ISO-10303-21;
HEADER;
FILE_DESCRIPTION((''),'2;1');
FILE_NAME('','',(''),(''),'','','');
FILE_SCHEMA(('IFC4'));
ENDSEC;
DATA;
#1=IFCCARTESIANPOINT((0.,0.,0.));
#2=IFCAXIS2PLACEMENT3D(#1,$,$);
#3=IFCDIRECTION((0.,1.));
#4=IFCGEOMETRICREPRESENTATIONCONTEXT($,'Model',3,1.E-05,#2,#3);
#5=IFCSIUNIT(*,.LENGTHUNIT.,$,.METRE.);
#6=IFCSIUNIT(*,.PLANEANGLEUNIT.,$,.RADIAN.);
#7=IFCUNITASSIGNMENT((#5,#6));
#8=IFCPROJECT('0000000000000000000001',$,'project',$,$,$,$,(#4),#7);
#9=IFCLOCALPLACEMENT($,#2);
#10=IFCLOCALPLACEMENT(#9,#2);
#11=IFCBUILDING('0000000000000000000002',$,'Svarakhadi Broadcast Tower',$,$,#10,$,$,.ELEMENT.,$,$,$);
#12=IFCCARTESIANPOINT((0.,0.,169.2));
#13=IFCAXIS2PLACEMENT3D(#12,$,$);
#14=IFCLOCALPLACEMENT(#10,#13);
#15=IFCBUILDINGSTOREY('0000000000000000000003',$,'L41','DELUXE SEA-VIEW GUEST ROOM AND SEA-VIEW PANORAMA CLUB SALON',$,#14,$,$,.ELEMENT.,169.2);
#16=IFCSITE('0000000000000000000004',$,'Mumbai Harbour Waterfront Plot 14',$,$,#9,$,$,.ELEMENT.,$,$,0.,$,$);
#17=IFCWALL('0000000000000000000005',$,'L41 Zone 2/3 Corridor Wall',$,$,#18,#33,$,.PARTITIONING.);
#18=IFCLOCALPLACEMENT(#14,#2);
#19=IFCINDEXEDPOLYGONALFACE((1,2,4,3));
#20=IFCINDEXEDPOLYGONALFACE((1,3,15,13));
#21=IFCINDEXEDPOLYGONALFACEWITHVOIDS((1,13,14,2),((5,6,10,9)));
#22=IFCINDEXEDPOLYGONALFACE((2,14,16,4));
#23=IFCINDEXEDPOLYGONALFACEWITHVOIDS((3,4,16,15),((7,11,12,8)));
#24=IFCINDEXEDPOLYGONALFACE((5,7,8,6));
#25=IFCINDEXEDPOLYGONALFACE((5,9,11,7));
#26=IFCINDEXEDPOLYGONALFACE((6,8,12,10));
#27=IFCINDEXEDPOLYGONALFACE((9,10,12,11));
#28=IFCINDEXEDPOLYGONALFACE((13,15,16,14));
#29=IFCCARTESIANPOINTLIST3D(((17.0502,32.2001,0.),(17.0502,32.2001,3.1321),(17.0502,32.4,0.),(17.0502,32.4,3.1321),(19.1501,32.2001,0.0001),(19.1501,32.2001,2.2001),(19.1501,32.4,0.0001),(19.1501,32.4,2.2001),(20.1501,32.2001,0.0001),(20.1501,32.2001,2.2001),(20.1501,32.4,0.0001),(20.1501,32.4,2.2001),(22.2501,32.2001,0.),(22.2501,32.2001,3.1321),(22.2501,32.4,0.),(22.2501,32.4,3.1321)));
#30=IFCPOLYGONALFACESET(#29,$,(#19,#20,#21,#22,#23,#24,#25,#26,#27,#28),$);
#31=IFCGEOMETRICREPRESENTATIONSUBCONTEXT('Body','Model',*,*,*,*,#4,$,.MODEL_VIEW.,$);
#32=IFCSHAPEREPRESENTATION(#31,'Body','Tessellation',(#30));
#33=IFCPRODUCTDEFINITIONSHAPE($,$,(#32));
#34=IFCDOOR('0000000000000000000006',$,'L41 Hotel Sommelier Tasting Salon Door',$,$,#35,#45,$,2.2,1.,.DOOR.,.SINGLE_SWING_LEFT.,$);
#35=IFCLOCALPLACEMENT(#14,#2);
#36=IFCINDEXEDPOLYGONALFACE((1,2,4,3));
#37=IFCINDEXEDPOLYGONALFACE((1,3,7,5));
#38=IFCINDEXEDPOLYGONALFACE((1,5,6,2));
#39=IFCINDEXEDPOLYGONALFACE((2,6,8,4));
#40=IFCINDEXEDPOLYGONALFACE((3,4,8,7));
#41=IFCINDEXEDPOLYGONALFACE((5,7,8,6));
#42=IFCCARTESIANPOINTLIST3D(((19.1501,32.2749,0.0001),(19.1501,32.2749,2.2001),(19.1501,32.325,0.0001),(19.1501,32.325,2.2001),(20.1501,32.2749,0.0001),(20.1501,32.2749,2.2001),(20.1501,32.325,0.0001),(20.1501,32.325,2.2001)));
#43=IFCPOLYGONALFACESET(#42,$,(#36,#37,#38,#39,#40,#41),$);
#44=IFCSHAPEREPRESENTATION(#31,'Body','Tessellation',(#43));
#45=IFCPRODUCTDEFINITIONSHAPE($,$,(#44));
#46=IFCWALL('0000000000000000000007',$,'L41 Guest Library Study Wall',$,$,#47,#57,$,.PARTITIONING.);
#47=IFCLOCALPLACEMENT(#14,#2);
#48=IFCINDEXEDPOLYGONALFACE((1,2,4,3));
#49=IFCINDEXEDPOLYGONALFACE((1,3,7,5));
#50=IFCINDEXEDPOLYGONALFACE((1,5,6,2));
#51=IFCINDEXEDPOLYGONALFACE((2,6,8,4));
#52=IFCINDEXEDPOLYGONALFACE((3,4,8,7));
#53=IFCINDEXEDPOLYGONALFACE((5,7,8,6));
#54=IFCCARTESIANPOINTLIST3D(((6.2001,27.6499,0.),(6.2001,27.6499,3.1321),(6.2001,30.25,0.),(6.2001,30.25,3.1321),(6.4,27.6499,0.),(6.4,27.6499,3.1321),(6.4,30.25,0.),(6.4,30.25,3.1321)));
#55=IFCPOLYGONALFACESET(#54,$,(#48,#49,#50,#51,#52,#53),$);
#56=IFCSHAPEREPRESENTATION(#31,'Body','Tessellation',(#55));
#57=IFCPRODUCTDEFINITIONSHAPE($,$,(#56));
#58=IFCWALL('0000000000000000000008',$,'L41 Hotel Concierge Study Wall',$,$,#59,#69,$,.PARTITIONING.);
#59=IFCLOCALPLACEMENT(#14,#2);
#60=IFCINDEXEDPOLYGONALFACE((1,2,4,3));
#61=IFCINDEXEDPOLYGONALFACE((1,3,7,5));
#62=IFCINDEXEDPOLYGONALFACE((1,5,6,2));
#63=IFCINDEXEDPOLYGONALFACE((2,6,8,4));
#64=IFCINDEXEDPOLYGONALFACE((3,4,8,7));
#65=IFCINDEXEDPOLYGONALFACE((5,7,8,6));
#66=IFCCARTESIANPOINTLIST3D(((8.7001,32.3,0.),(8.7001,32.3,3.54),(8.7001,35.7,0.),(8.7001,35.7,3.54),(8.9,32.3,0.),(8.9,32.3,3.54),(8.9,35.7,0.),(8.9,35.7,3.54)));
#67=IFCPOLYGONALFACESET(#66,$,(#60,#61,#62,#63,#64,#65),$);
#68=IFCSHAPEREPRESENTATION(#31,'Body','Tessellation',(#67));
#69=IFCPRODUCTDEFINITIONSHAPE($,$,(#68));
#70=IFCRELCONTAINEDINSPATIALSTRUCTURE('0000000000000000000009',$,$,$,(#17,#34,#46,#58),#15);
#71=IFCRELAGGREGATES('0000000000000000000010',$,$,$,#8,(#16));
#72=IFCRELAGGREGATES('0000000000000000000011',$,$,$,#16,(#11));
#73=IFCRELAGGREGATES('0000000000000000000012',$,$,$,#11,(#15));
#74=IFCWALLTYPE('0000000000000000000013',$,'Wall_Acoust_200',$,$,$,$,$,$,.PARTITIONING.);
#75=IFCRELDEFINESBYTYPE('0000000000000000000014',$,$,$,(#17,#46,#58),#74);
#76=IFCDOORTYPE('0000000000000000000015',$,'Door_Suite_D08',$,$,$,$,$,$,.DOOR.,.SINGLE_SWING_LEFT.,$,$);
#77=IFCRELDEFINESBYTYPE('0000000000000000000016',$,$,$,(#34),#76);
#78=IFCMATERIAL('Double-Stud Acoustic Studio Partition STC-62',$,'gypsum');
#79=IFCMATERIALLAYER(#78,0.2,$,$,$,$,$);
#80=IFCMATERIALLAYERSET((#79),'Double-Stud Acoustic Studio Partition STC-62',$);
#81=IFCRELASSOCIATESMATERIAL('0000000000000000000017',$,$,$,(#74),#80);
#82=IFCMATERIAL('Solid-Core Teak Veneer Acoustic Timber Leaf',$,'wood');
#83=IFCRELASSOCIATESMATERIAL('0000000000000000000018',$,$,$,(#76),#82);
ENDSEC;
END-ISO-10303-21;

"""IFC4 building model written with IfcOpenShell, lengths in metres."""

from ifc_helpers import new_model, si_unit, direction, frame, frame_2d, origin, place, context, subcontext, project, spatial, rectangle, extrude, material, layer, layer_set, type_object, element, fill, save


model = new_model("IFC4")

# Units and contexts
model_context = context("Model", 3, precision=1e-05, world=origin(), true_north=direction((0.0, 1.0)))
body_context = subcontext(model_context, "Body", "Model", "MODEL_VIEW")
ifc_project = project(units=[si_unit("LENGTHUNIT", "METRE"), si_unit("PLANEANGLEUNIT", "RADIAN")], contexts=[model_context])

# Site, building, storey
site_placement = place(None, origin())
site = spatial("IfcSite", under=ifc_project, at=site_placement, Name="Mumbai Harbour Waterfront Plot 14", CompositionType="ELEMENT", RefElevation=0.0)
building_placement = place(site_placement, origin())
building = spatial("IfcBuilding", under=site, at=building_placement, Name="Svarakhadi Broadcast Tower", CompositionType="ELEMENT")
storey_placement = place(building_placement, frame((0.0, 0.0, 169.2)))
storey = spatial("IfcBuildingStorey", under=building, at=storey_placement, Name="L41", Description="DELUXE SEA-VIEW GUEST ROOM AND SEA-VIEW PANORAMA CLUB SALON", CompositionType="ELEMENT", Elevation=169.2)

# Shared definitions
ifc_material_1 = material(Name="Double-Stud Acoustic Studio Partition STC-62", Category="gypsum")
ifc_layer = layer(ifc_material_1, 0.2)
ifc_layer_set = layer_set([ifc_layer], Name="Double-Stud Acoustic Studio Partition STC-62")
wall_type = type_object("IfcWallType", Name="Wall_Acoust_200", PredefinedType="PARTITIONING", material=ifc_layer_set)

# Shared definitions
ifc_material_2 = material(Name="Solid-Core Teak Veneer Acoustic Timber Leaf", Category="wood")
door_type_1 = type_object("IfcDoorType", Name="Door_Suite_D08", OperationType="SINGLE_SWING_LEFT", PredefinedType="DOOR", material=ifc_material_2)

# Wall, opening, door
wall_1_placement = place(storey_placement, frame((17.05, 32.3, 0.0), z_axis=(0.0, 0.0, 1.0), x_axis=(1.0, 0.0, 0.0)))
wall_1 = element("IfcWall", 1, at=wall_1_placement, inside=storey, type_object=wall_type, Name="L41 Zone 2/3 Corridor Wall", PredefinedType="PARTITIONING", context=body_context, shape_type="SweptSolid", body=[
    extrude(rectangle(XDim=5.2, YDim=0.2, at=frame_2d((2.6001, 0.0))), origin(), (0.0, 0.0, 1.0), 3.1321),
])
opening_1_placement = place(wall_1_placement, frame((2.1001, 0.0, 0.0)))
opening_1 = element("IfcOpeningElement", 2, at=opening_1_placement, cuts=wall_1, PredefinedType="OPENING", context=body_context, shape_type="SweptSolid", body=[
    extrude(rectangle(XDim=1.0, YDim=2.2, at=frame_2d((0.5, 1.1001))), frame((0.0, 0.1099, 0.0), z_axis=(0.0, -1.0, 0.0), x_axis=(1.0, 0.0, 0.0)), (0.0, 0.0, 1.0), 0.22),
])
door_1_placement = place(opening_1_placement, origin())
door_1 = element("IfcDoor", 3, at=door_1_placement, inside=storey, type_object=door_type_1, Name="L41 Hotel Sommelier Tasting Salon Door", OperationType="SINGLE_SWING_LEFT", OverallHeight=2.2, OverallWidth=1.0, PredefinedType="DOOR", context=body_context, shape_type="SweptSolid", body=[
    extrude(rectangle(XDim=1.0, YDim=2.2, at=frame_2d((0.5, 1.1001))), frame((0.0, 0.0249, 0.0), z_axis=(0.0, -1.0, 0.0), x_axis=(1.0, 0.0, 0.0)), (0.0, 0.0, 1.0), 0.05),
])
fill(opening_1, door_1)

# Walls
wall_2_placement = place(storey_placement, frame((6.3, 27.6499, 0.0), z_axis=(0.0, 0.0, 1.0), x_axis=(0.0, 1.0, 0.0)))
element("IfcWall", 4, at=wall_2_placement, inside=storey, type_object=wall_type, Name="L41 Guest Library Study Wall", PredefinedType="PARTITIONING", context=body_context, shape_type="SweptSolid", body=[
    extrude(rectangle(XDim=2.6001, YDim=0.2, at=frame_2d((1.3, 0.0))), origin(), (0.0, 0.0, 1.0), 3.1321),
])
wall_3_placement = place(storey_placement, frame((8.8, 32.3, 0.0), z_axis=(0.0, 0.0, 1.0), x_axis=(0.0, 1.0, 0.0)))
element("IfcWall", 5, at=wall_3_placement, inside=storey, type_object=wall_type, Name="L41 Hotel Concierge Study Wall", PredefinedType="PARTITIONING", context=body_context, shape_type="SweptSolid", body=[
    extrude(rectangle(XDim=3.3999, YDim=0.2, at=frame_2d((1.7, 0.0))), origin(), (0.0, 0.0, 1.0), 3.54),
])

save(model, "model.ifc")
